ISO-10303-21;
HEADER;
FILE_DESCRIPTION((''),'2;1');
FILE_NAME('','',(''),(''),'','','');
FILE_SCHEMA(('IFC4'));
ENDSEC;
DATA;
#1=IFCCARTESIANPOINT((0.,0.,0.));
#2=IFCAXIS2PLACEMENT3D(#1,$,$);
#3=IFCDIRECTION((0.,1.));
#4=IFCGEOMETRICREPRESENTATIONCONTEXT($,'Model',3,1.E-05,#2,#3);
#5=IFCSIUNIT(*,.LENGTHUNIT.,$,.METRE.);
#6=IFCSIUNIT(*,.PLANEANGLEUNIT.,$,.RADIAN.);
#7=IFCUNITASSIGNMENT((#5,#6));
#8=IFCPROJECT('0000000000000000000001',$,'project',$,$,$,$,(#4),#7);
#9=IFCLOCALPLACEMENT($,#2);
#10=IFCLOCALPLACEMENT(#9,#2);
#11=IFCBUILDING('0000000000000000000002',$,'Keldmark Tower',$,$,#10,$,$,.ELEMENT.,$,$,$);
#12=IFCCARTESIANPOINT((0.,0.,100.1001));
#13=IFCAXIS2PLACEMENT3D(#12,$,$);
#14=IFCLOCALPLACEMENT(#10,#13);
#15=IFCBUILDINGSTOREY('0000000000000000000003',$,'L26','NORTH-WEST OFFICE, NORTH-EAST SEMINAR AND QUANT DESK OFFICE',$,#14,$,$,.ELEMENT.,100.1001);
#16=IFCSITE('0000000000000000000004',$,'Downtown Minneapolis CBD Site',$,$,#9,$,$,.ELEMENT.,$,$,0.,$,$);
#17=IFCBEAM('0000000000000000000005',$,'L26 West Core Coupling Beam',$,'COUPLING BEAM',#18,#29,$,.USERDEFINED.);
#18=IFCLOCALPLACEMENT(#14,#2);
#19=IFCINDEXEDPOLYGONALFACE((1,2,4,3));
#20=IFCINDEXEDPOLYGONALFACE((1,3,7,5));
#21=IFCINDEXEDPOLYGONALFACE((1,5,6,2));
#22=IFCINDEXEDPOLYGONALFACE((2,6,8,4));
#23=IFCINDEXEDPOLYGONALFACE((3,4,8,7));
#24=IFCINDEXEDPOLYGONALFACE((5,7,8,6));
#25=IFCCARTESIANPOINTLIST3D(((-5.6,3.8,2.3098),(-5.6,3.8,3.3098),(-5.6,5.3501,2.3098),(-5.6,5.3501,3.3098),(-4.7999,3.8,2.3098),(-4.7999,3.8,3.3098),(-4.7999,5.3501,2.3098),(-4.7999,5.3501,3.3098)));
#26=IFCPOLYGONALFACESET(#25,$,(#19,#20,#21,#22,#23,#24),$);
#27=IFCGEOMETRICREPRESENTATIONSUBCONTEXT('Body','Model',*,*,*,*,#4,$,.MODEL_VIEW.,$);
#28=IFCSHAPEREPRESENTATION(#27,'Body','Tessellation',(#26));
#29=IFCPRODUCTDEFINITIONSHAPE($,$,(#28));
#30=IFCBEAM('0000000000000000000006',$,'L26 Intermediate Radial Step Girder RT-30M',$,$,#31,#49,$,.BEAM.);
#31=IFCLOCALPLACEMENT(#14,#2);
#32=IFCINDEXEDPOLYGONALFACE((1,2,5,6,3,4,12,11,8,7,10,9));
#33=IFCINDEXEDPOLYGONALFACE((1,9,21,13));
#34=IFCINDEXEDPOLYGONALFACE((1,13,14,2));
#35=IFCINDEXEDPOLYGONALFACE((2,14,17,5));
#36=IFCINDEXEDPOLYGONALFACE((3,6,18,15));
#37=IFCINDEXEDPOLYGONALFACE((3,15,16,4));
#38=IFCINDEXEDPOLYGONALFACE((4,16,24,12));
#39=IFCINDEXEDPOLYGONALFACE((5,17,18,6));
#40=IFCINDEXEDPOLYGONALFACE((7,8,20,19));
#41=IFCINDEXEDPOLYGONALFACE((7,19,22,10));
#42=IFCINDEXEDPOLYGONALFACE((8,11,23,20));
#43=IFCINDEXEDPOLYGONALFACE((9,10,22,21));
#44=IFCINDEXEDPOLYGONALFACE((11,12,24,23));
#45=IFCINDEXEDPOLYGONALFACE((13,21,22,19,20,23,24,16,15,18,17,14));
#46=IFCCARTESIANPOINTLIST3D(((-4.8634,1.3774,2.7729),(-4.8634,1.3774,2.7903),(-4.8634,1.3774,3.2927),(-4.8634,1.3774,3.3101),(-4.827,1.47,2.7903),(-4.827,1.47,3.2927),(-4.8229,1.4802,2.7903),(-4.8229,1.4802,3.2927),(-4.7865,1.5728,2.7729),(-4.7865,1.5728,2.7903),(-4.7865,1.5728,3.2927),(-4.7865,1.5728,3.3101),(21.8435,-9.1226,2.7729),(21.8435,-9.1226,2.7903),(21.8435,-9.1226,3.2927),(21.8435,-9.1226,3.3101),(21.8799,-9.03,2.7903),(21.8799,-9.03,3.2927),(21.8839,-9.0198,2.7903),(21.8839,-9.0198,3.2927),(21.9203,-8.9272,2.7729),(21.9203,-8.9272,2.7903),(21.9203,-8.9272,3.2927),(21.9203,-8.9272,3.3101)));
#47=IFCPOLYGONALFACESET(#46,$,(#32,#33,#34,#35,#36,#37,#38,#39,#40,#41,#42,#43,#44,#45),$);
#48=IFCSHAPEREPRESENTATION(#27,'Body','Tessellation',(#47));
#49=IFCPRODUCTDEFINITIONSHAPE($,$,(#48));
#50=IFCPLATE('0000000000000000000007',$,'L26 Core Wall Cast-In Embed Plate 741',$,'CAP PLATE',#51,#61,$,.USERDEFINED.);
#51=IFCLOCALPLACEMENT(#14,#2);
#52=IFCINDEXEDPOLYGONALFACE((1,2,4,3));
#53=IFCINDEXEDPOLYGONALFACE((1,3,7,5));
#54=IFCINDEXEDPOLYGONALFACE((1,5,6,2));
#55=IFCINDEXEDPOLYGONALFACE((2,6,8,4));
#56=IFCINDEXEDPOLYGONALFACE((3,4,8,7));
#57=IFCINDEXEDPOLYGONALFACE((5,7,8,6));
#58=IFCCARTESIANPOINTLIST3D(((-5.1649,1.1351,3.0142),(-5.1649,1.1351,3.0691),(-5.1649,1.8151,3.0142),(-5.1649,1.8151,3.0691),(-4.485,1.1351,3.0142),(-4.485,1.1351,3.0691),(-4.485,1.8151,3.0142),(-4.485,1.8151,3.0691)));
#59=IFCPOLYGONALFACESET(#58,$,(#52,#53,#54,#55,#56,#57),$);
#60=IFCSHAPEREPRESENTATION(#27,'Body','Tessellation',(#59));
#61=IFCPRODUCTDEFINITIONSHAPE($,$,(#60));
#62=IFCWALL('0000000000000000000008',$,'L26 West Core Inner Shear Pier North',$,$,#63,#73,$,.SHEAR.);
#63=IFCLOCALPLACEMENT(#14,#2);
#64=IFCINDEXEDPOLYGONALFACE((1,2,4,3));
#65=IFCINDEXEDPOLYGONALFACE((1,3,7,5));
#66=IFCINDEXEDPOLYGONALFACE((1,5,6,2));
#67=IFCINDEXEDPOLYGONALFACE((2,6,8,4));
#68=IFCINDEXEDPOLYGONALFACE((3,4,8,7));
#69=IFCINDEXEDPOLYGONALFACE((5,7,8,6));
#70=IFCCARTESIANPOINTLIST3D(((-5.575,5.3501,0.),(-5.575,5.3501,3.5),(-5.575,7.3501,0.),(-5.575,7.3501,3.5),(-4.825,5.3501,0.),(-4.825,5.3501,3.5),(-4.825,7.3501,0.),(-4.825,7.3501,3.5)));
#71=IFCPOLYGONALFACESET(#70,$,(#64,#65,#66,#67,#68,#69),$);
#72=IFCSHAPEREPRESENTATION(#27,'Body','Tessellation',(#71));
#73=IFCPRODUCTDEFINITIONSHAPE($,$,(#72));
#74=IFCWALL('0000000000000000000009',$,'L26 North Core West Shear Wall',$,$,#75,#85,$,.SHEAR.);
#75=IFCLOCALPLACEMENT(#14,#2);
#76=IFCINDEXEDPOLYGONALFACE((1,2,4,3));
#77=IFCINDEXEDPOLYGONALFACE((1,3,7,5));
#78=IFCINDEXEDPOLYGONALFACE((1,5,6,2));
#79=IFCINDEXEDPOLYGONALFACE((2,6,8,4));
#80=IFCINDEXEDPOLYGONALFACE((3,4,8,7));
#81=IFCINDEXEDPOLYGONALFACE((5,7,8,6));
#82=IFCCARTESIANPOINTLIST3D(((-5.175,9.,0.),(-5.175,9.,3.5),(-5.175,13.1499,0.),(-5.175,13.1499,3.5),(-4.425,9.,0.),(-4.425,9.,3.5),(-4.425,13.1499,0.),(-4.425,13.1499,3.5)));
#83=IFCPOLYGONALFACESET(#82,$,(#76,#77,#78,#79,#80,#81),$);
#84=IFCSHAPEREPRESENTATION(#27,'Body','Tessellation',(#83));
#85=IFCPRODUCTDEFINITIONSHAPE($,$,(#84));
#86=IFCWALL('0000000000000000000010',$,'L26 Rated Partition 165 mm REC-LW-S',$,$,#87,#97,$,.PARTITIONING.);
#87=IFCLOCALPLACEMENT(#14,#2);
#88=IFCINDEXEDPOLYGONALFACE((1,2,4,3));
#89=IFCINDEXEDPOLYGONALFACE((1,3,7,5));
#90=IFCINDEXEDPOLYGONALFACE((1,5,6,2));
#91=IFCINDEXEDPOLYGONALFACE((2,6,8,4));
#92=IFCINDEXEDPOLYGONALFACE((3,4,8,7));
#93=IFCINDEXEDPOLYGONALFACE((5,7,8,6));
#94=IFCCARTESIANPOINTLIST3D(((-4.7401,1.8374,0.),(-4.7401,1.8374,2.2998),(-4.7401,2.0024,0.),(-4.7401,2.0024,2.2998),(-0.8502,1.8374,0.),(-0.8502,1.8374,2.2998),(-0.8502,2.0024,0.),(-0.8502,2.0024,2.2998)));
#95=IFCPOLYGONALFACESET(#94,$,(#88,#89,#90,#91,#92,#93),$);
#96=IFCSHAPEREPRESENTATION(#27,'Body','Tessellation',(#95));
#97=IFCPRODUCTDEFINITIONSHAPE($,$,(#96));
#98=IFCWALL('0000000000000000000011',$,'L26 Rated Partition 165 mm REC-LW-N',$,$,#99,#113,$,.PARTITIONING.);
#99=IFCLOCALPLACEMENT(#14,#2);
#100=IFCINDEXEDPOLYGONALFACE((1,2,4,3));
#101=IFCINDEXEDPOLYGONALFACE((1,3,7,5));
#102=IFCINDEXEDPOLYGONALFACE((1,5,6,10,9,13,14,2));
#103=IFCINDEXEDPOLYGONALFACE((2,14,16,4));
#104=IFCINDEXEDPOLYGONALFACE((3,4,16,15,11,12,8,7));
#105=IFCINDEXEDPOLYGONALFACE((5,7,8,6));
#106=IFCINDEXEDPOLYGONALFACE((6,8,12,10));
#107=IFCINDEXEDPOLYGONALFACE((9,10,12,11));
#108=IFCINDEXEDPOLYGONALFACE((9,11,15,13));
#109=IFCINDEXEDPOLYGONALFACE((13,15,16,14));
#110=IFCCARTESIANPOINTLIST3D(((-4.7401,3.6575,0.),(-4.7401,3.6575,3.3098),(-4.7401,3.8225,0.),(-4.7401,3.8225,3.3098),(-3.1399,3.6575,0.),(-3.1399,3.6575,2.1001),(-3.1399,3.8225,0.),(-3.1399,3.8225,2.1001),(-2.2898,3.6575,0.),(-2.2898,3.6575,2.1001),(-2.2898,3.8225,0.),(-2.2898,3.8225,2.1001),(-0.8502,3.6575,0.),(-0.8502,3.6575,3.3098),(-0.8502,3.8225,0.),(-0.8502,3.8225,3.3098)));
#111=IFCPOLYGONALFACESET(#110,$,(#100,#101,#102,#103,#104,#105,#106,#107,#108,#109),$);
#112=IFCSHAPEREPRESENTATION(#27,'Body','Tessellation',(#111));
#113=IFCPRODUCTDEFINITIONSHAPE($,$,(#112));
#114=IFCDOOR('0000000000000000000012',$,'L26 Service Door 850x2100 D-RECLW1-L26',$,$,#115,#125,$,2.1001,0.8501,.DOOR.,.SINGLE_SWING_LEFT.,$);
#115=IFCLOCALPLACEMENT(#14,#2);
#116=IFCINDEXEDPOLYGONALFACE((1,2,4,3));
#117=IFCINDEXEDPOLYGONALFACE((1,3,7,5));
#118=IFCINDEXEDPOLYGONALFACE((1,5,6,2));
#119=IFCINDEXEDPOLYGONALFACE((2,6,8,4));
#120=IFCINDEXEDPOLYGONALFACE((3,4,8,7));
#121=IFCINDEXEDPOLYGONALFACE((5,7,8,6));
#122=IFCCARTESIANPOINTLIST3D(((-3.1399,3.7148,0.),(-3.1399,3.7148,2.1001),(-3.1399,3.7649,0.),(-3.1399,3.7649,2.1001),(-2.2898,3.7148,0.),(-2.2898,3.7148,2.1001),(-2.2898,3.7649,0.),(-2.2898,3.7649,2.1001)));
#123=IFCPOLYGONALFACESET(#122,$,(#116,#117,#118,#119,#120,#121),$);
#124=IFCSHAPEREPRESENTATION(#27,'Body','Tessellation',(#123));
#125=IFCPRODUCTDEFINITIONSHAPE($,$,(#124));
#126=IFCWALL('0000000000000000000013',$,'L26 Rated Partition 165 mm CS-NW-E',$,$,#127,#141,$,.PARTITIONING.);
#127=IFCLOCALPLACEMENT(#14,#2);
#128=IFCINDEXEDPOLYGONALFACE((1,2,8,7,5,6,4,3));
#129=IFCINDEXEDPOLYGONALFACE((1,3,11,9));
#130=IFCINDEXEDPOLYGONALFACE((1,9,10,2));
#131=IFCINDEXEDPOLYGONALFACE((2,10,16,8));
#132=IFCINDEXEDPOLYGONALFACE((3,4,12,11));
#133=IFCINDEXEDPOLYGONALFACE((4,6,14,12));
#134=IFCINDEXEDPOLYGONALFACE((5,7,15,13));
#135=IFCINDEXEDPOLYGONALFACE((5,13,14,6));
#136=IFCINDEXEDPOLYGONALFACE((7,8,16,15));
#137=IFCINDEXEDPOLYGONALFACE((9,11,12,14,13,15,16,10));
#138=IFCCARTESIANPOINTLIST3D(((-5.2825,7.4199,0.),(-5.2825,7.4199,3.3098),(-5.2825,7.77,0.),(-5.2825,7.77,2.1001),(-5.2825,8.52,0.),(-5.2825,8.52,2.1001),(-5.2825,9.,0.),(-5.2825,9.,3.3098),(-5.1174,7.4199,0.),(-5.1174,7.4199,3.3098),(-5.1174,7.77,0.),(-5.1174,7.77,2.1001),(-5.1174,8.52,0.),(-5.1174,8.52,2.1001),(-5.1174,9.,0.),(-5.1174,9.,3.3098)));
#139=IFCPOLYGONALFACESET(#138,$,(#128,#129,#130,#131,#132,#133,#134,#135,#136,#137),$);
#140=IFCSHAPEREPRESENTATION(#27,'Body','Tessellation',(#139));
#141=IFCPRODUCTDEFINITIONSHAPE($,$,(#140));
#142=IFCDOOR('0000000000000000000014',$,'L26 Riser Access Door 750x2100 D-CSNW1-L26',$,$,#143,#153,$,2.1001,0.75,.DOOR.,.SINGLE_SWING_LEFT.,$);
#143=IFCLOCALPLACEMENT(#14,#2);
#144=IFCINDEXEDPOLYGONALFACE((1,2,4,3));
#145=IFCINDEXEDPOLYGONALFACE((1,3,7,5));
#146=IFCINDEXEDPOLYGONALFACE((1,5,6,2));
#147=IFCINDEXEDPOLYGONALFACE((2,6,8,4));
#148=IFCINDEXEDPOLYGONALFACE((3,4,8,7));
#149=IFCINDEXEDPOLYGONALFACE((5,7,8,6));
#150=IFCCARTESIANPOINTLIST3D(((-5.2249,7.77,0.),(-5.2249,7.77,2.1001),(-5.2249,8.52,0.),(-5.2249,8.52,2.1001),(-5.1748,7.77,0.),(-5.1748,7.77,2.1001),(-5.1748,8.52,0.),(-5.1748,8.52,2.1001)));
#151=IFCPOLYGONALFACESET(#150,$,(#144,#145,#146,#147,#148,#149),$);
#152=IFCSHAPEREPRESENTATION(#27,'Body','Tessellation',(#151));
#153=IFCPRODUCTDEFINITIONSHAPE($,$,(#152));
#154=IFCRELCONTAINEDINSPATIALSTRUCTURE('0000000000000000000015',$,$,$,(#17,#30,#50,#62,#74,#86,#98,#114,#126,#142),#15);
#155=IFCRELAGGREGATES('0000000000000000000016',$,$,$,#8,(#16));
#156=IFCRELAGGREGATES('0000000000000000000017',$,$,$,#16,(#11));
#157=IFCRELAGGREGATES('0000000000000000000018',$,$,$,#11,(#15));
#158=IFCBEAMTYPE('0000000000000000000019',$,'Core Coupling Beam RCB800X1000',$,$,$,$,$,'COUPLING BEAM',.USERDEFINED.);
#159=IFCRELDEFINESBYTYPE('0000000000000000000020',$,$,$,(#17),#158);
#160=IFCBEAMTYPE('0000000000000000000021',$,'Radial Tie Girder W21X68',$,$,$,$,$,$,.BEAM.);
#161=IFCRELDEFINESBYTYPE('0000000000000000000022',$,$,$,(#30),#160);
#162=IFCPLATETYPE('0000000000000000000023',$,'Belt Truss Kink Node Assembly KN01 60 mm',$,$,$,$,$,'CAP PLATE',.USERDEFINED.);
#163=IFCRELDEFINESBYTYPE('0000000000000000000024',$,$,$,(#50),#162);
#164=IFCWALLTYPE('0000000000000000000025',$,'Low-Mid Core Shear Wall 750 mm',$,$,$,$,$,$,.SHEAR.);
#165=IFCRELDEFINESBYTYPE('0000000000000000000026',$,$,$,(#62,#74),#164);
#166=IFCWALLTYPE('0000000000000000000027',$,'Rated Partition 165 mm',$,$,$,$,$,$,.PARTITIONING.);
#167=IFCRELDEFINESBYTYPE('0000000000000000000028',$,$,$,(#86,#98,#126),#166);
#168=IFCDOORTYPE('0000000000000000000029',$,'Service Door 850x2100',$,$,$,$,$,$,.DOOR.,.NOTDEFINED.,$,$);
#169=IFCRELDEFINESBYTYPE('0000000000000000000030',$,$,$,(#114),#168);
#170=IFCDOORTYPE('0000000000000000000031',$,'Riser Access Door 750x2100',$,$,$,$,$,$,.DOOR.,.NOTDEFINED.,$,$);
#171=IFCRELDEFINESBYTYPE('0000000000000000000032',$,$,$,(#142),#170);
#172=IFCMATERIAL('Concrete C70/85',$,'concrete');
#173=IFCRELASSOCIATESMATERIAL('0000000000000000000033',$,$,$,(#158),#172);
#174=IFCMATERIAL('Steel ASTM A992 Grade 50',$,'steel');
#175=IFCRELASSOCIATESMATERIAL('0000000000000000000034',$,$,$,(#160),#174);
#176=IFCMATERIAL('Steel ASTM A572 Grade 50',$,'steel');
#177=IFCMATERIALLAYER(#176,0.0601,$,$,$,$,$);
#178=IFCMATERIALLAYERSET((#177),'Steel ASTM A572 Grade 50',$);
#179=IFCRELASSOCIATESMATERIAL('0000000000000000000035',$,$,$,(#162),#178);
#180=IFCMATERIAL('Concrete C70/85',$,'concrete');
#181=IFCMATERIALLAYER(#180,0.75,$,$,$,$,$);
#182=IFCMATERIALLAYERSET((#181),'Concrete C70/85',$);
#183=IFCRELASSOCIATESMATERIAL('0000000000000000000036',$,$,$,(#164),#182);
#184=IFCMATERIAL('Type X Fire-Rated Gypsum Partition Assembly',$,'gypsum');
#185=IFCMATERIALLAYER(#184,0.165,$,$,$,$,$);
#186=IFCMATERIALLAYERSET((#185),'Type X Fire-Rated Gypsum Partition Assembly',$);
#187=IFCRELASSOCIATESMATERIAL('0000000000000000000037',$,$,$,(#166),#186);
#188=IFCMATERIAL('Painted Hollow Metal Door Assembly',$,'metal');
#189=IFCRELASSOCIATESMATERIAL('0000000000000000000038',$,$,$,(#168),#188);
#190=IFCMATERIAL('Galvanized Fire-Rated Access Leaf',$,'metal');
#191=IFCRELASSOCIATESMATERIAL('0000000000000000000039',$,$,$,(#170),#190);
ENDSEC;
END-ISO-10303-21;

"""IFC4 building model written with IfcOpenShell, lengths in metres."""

from ifc_helpers import new_model, si_unit, direction, frame, frame_2d, origin, origin_2d, place, context, subcontext, project, spatial, rectangle, i_section, extrude, material, layer, layer_set, material_profile, profile_set, type_object, element, fill, save


model = new_model("IFC4")

# Units and contexts
model_context = context("Model", 3, precision=1e-05, world=origin(), true_north=direction((0.0, 1.0)))
body_context = subcontext(model_context, "Body", "Model", "MODEL_VIEW")
ifc_project = project(units=[si_unit("LENGTHUNIT", "METRE"), si_unit("PLANEANGLEUNIT", "RADIAN")], contexts=[model_context])

# Site, building, storey
site_placement = place(None, origin())
site = spatial("IfcSite", under=ifc_project, at=site_placement, Name="Downtown Minneapolis CBD Site", CompositionType="ELEMENT", RefElevation=0.0)
building_placement = place(site_placement, origin())
building = spatial("IfcBuilding", under=site, at=building_placement, Name="Keldmark Tower", CompositionType="ELEMENT")
storey_placement = place(building_placement, frame((0.0, 0.0, 100.1001)))
storey = spatial("IfcBuildingStorey", under=building, at=storey_placement, Name="L26", Description="NORTH-WEST OFFICE, NORTH-EAST SEMINAR AND QUANT DESK OFFICE", CompositionType="ELEMENT", Elevation=100.1001)

# Beams
ifc_material_1 = material(Name="Concrete C70/85", Category="concrete")
ifc_material_profile_1 = material_profile(ifc_material_1, rectangle(XDim=0.8, YDim=1.0, at=origin_2d()), Name="RCB800X1000")
ifc_profile_set_1 = profile_set([ifc_material_profile_1], Name="Concrete C70/85")
beam_type_1 = type_object("IfcBeamType", Name="Core Coupling Beam RCB800X1000", ElementType="COUPLING BEAM", PredefinedType="USERDEFINED", material=ifc_profile_set_1)
beam_1_placement = place(storey_placement, frame((-5.2, 3.8, 2.8098), z_axis=(0.0, 1.0, 0.0), x_axis=(-1.0, 0.0, 0.0)))
element("IfcBeam", 1, at=beam_1_placement, inside=storey, type_object=beam_type_1, Name="L26 West Core Coupling Beam", ObjectType="COUPLING BEAM", PredefinedType="USERDEFINED", context=body_context, shape_type="SweptSolid", body=[
    extrude(rectangle(XDim=0.8, YDim=1.0, at=origin_2d()), origin(), (0.0, 0.0, 1.0), 1.55),
])
ifc_material_2 = material(Name="Steel ASTM A992 Grade 50", Category="steel")
ifc_material_profile_2 = material_profile(ifc_material_2, i_section(OverallWidth=0.21, OverallDepth=0.5371, WebThickness=0.011, FlangeThickness=0.0173, at=origin_2d()), Name="W21X68")
ifc_profile_set_2 = profile_set([ifc_material_profile_2], Name="Steel ASTM A992 Grade 50")
beam_type_2 = type_object("IfcBeamType", Name="Radial Tie Girder W21X68", PredefinedType="BEAM", material=ifc_profile_set_2)
beam_2_placement = place(storey_placement, frame((-4.825, 1.4751, 3.0415), z_axis=(0.930656, -0.365895, 0.0), x_axis=(0.365895, 0.930656, 0.0)))
element("IfcBeam", 2, at=beam_2_placement, inside=storey, type_object=beam_type_2, Name="L26 Intermediate Radial Step Girder RT-30M", PredefinedType="BEAM", context=body_context, shape_type="SweptSolid", body=[
    extrude(i_section(OverallWidth=0.21, OverallDepth=0.5371, WebThickness=0.011, FlangeThickness=0.0173, at=origin_2d()), origin(), (0.0, 0.0, 1.0), 28.6968),
])

# Plate
ifc_material_3 = material(Name="Steel ASTM A572 Grade 50", Category="steel")
ifc_layer_1 = layer(ifc_material_3, 0.0601)
ifc_layer_set_1 = layer_set([ifc_layer_1], Name="Steel ASTM A572 Grade 50")
plate_type = type_object("IfcPlateType", Name="Belt Truss Kink Node Assembly KN01 60 mm", ElementType="CAP PLATE", PredefinedType="USERDEFINED", material=ifc_layer_set_1)
plate_placement = place(storey_placement, frame((-4.825, 1.4751, 3.0142), z_axis=(0.0, 0.0, 1.0), x_axis=(1.0, 0.0, 0.0)))
element("IfcPlate", 3, at=plate_placement, inside=storey, type_object=plate_type, Name="L26 Core Wall Cast-In Embed Plate 741", ObjectType="CAP PLATE", PredefinedType="USERDEFINED", context=body_context, shape_type="SweptSolid", body=[
    extrude(rectangle(XDim=0.6799, YDim=0.6799, at=origin_2d()), origin(), (0.0, 0.0, 1.0), 0.0549),
])

# Shared definitions
ifc_material_4 = material(Name="Concrete C70/85", Category="concrete")
ifc_layer_2 = layer(ifc_material_4, 0.75)
ifc_layer_set_2 = layer_set([ifc_layer_2], Name="Concrete C70/85")
wall_type_1 = type_object("IfcWallType", Name="Low-Mid Core Shear Wall 750 mm", PredefinedType="SHEAR", material=ifc_layer_set_2)

# Walls
wall_1_placement = place(storey_placement, frame((-5.2, 5.3501, 0.0), z_axis=(0.0, 0.0, 1.0), x_axis=(0.0, 1.0, 0.0)))
element("IfcWall", 4, at=wall_1_placement, inside=storey, type_object=wall_type_1, Name="L26 West Core Inner Shear Pier North", PredefinedType="SHEAR", context=body_context, shape_type="SweptSolid", body=[
    extrude(rectangle(XDim=2.0, YDim=0.75, at=frame_2d((1.0, 0.0))), origin(), (0.0, 0.0, 1.0), 3.5),
])
wall_2_placement = place(storey_placement, frame((-4.8, 9.0, 0.0), z_axis=(0.0, 0.0, 1.0), x_axis=(0.0, 1.0, 0.0)))
element("IfcWall", 5, at=wall_2_placement, inside=storey, type_object=wall_type_1, Name="L26 North Core West Shear Wall", PredefinedType="SHEAR", context=body_context, shape_type="SweptSolid", body=[
    extrude(rectangle(XDim=4.1499, YDim=0.75, at=frame_2d((2.075, 0.0))), origin(), (0.0, 0.0, 1.0), 3.5),
])
ifc_material_5 = material(Name="Type X Fire-Rated Gypsum Partition Assembly", Category="gypsum")
ifc_layer_3 = layer(ifc_material_5, 0.165)
ifc_layer_set_3 = layer_set([ifc_layer_3], Name="Type X Fire-Rated Gypsum Partition Assembly")
wall_type_2 = type_object("IfcWallType", Name="Rated Partition 165 mm", PredefinedType="PARTITIONING", material=ifc_layer_set_3)
wall_3_placement = place(storey_placement, frame((-4.74, 1.9199, 0.0), z_axis=(0.0, 0.0, 1.0), x_axis=(1.0, 0.0, 0.0)))
element("IfcWall", 6, at=wall_3_placement, inside=storey, type_object=wall_type_2, Name="L26 Rated Partition 165 mm REC-LW-S", PredefinedType="PARTITIONING", context=body_context, shape_type="SweptSolid", body=[
    extrude(rectangle(XDim=3.8899, YDim=0.165, at=frame_2d((1.9448, 0.0))), origin(), (0.0, 0.0, 1.0), 2.2998),
])

# Walls, openings, doors
wall_4_placement = place(storey_placement, frame((-4.74, 3.74, 0.0), z_axis=(0.0, 0.0, 1.0), x_axis=(1.0, 0.0, 0.0)))
wall_4 = element("IfcWall", 7, at=wall_4_placement, inside=storey, type_object=wall_type_2, Name="L26 Rated Partition 165 mm REC-LW-N", PredefinedType="PARTITIONING", context=body_context, shape_type="SweptSolid", body=[
    extrude(rectangle(XDim=3.8899, YDim=0.165, at=frame_2d((1.9448, 0.0))), origin(), (0.0, 0.0, 1.0), 3.3098),
])
opening_1_placement = place(wall_4_placement, frame((1.6001, 0.0, 0.0)))
opening_1 = element("IfcOpeningElement", 8, at=opening_1_placement, cuts=wall_4, PredefinedType="OPENING", context=body_context, shape_type="SweptSolid", body=[
    extrude(rectangle(XDim=0.8501, YDim=2.1001, at=frame_2d((0.425, 1.05))), frame((0.0, 0.0925, 0.0), z_axis=(0.0, -1.0, 0.0), x_axis=(1.0, 0.0, 0.0)), (0.0, 0.0, 1.0), 0.1851),
])
ifc_material_6 = material(Name="Painted Hollow Metal Door Assembly", Category="metal")
door_type_1 = type_object("IfcDoorType", Name="Service Door 850x2100", OperationType="NOTDEFINED", PredefinedType="DOOR", material=ifc_material_6)
door_1_placement = place(opening_1_placement, origin())
door_1 = element("IfcDoor", 9, at=door_1_placement, inside=storey, type_object=door_type_1, Name="L26 Service Door 850x2100 D-RECLW1-L26", OperationType="SINGLE_SWING_LEFT", OverallHeight=2.1001, OverallWidth=0.8501, PredefinedType="DOOR", context=body_context, shape_type="SweptSolid", body=[
    extrude(rectangle(XDim=0.8501, YDim=2.1001, at=frame_2d((0.425, 1.05))), frame((0.0, 0.0249, 0.0), z_axis=(0.0, -1.0, 0.0), x_axis=(1.0, 0.0, 0.0)), (0.0, 0.0, 1.0), 0.05),
])
fill(opening_1, door_1)
wall_5_placement = place(storey_placement, frame((-5.2, 7.4199, 0.0), z_axis=(0.0, 0.0, 1.0), x_axis=(0.0, 1.0, 0.0)))
wall_5 = element("IfcWall", 10, at=wall_5_placement, inside=storey, type_object=wall_type_2, Name="L26 Rated Partition 165 mm CS-NW-E", PredefinedType="PARTITIONING", context=body_context, shape_type="SweptSolid", body=[
    extrude(rectangle(XDim=1.5801, YDim=0.165, at=frame_2d((0.79, 0.0))), origin(), (0.0, 0.0, 1.0), 3.3098),
])
opening_2_placement = place(wall_5_placement, frame((0.3501, 0.0, 0.0)))
opening_2 = element("IfcOpeningElement", 11, at=opening_2_placement, cuts=wall_5, PredefinedType="OPENING", context=body_context, shape_type="SweptSolid", body=[
    extrude(rectangle(XDim=0.75, YDim=2.1001, at=frame_2d((0.375, 1.05))), frame((0.0, 0.0925, 0.0), z_axis=(0.0, -1.0, 0.0), x_axis=(1.0, 0.0, 0.0)), (0.0, 0.0, 1.0), 0.1851),
])
ifc_material_7 = material(Name="Galvanized Fire-Rated Access Leaf", Category="metal")
door_type_2 = type_object("IfcDoorType", Name="Riser Access Door 750x2100", OperationType="NOTDEFINED", PredefinedType="DOOR", material=ifc_material_7)
door_2_placement = place(opening_2_placement, origin())
door_2 = element("IfcDoor", 12, at=door_2_placement, inside=storey, type_object=door_type_2, Name="L26 Riser Access Door 750x2100 D-CSNW1-L26", OperationType="SINGLE_SWING_LEFT", OverallHeight=2.1001, OverallWidth=0.75, PredefinedType="DOOR", context=body_context, shape_type="SweptSolid", body=[
    extrude(rectangle(XDim=0.75, YDim=2.1001, at=frame_2d((0.375, 1.05))), frame((0.0, 0.0249, 0.0), z_axis=(0.0, -1.0, 0.0), x_axis=(1.0, 0.0, 0.0)), (0.0, 0.0, 1.0), 0.05),
])
fill(opening_2, door_2)

save(model, "model.ifc")
